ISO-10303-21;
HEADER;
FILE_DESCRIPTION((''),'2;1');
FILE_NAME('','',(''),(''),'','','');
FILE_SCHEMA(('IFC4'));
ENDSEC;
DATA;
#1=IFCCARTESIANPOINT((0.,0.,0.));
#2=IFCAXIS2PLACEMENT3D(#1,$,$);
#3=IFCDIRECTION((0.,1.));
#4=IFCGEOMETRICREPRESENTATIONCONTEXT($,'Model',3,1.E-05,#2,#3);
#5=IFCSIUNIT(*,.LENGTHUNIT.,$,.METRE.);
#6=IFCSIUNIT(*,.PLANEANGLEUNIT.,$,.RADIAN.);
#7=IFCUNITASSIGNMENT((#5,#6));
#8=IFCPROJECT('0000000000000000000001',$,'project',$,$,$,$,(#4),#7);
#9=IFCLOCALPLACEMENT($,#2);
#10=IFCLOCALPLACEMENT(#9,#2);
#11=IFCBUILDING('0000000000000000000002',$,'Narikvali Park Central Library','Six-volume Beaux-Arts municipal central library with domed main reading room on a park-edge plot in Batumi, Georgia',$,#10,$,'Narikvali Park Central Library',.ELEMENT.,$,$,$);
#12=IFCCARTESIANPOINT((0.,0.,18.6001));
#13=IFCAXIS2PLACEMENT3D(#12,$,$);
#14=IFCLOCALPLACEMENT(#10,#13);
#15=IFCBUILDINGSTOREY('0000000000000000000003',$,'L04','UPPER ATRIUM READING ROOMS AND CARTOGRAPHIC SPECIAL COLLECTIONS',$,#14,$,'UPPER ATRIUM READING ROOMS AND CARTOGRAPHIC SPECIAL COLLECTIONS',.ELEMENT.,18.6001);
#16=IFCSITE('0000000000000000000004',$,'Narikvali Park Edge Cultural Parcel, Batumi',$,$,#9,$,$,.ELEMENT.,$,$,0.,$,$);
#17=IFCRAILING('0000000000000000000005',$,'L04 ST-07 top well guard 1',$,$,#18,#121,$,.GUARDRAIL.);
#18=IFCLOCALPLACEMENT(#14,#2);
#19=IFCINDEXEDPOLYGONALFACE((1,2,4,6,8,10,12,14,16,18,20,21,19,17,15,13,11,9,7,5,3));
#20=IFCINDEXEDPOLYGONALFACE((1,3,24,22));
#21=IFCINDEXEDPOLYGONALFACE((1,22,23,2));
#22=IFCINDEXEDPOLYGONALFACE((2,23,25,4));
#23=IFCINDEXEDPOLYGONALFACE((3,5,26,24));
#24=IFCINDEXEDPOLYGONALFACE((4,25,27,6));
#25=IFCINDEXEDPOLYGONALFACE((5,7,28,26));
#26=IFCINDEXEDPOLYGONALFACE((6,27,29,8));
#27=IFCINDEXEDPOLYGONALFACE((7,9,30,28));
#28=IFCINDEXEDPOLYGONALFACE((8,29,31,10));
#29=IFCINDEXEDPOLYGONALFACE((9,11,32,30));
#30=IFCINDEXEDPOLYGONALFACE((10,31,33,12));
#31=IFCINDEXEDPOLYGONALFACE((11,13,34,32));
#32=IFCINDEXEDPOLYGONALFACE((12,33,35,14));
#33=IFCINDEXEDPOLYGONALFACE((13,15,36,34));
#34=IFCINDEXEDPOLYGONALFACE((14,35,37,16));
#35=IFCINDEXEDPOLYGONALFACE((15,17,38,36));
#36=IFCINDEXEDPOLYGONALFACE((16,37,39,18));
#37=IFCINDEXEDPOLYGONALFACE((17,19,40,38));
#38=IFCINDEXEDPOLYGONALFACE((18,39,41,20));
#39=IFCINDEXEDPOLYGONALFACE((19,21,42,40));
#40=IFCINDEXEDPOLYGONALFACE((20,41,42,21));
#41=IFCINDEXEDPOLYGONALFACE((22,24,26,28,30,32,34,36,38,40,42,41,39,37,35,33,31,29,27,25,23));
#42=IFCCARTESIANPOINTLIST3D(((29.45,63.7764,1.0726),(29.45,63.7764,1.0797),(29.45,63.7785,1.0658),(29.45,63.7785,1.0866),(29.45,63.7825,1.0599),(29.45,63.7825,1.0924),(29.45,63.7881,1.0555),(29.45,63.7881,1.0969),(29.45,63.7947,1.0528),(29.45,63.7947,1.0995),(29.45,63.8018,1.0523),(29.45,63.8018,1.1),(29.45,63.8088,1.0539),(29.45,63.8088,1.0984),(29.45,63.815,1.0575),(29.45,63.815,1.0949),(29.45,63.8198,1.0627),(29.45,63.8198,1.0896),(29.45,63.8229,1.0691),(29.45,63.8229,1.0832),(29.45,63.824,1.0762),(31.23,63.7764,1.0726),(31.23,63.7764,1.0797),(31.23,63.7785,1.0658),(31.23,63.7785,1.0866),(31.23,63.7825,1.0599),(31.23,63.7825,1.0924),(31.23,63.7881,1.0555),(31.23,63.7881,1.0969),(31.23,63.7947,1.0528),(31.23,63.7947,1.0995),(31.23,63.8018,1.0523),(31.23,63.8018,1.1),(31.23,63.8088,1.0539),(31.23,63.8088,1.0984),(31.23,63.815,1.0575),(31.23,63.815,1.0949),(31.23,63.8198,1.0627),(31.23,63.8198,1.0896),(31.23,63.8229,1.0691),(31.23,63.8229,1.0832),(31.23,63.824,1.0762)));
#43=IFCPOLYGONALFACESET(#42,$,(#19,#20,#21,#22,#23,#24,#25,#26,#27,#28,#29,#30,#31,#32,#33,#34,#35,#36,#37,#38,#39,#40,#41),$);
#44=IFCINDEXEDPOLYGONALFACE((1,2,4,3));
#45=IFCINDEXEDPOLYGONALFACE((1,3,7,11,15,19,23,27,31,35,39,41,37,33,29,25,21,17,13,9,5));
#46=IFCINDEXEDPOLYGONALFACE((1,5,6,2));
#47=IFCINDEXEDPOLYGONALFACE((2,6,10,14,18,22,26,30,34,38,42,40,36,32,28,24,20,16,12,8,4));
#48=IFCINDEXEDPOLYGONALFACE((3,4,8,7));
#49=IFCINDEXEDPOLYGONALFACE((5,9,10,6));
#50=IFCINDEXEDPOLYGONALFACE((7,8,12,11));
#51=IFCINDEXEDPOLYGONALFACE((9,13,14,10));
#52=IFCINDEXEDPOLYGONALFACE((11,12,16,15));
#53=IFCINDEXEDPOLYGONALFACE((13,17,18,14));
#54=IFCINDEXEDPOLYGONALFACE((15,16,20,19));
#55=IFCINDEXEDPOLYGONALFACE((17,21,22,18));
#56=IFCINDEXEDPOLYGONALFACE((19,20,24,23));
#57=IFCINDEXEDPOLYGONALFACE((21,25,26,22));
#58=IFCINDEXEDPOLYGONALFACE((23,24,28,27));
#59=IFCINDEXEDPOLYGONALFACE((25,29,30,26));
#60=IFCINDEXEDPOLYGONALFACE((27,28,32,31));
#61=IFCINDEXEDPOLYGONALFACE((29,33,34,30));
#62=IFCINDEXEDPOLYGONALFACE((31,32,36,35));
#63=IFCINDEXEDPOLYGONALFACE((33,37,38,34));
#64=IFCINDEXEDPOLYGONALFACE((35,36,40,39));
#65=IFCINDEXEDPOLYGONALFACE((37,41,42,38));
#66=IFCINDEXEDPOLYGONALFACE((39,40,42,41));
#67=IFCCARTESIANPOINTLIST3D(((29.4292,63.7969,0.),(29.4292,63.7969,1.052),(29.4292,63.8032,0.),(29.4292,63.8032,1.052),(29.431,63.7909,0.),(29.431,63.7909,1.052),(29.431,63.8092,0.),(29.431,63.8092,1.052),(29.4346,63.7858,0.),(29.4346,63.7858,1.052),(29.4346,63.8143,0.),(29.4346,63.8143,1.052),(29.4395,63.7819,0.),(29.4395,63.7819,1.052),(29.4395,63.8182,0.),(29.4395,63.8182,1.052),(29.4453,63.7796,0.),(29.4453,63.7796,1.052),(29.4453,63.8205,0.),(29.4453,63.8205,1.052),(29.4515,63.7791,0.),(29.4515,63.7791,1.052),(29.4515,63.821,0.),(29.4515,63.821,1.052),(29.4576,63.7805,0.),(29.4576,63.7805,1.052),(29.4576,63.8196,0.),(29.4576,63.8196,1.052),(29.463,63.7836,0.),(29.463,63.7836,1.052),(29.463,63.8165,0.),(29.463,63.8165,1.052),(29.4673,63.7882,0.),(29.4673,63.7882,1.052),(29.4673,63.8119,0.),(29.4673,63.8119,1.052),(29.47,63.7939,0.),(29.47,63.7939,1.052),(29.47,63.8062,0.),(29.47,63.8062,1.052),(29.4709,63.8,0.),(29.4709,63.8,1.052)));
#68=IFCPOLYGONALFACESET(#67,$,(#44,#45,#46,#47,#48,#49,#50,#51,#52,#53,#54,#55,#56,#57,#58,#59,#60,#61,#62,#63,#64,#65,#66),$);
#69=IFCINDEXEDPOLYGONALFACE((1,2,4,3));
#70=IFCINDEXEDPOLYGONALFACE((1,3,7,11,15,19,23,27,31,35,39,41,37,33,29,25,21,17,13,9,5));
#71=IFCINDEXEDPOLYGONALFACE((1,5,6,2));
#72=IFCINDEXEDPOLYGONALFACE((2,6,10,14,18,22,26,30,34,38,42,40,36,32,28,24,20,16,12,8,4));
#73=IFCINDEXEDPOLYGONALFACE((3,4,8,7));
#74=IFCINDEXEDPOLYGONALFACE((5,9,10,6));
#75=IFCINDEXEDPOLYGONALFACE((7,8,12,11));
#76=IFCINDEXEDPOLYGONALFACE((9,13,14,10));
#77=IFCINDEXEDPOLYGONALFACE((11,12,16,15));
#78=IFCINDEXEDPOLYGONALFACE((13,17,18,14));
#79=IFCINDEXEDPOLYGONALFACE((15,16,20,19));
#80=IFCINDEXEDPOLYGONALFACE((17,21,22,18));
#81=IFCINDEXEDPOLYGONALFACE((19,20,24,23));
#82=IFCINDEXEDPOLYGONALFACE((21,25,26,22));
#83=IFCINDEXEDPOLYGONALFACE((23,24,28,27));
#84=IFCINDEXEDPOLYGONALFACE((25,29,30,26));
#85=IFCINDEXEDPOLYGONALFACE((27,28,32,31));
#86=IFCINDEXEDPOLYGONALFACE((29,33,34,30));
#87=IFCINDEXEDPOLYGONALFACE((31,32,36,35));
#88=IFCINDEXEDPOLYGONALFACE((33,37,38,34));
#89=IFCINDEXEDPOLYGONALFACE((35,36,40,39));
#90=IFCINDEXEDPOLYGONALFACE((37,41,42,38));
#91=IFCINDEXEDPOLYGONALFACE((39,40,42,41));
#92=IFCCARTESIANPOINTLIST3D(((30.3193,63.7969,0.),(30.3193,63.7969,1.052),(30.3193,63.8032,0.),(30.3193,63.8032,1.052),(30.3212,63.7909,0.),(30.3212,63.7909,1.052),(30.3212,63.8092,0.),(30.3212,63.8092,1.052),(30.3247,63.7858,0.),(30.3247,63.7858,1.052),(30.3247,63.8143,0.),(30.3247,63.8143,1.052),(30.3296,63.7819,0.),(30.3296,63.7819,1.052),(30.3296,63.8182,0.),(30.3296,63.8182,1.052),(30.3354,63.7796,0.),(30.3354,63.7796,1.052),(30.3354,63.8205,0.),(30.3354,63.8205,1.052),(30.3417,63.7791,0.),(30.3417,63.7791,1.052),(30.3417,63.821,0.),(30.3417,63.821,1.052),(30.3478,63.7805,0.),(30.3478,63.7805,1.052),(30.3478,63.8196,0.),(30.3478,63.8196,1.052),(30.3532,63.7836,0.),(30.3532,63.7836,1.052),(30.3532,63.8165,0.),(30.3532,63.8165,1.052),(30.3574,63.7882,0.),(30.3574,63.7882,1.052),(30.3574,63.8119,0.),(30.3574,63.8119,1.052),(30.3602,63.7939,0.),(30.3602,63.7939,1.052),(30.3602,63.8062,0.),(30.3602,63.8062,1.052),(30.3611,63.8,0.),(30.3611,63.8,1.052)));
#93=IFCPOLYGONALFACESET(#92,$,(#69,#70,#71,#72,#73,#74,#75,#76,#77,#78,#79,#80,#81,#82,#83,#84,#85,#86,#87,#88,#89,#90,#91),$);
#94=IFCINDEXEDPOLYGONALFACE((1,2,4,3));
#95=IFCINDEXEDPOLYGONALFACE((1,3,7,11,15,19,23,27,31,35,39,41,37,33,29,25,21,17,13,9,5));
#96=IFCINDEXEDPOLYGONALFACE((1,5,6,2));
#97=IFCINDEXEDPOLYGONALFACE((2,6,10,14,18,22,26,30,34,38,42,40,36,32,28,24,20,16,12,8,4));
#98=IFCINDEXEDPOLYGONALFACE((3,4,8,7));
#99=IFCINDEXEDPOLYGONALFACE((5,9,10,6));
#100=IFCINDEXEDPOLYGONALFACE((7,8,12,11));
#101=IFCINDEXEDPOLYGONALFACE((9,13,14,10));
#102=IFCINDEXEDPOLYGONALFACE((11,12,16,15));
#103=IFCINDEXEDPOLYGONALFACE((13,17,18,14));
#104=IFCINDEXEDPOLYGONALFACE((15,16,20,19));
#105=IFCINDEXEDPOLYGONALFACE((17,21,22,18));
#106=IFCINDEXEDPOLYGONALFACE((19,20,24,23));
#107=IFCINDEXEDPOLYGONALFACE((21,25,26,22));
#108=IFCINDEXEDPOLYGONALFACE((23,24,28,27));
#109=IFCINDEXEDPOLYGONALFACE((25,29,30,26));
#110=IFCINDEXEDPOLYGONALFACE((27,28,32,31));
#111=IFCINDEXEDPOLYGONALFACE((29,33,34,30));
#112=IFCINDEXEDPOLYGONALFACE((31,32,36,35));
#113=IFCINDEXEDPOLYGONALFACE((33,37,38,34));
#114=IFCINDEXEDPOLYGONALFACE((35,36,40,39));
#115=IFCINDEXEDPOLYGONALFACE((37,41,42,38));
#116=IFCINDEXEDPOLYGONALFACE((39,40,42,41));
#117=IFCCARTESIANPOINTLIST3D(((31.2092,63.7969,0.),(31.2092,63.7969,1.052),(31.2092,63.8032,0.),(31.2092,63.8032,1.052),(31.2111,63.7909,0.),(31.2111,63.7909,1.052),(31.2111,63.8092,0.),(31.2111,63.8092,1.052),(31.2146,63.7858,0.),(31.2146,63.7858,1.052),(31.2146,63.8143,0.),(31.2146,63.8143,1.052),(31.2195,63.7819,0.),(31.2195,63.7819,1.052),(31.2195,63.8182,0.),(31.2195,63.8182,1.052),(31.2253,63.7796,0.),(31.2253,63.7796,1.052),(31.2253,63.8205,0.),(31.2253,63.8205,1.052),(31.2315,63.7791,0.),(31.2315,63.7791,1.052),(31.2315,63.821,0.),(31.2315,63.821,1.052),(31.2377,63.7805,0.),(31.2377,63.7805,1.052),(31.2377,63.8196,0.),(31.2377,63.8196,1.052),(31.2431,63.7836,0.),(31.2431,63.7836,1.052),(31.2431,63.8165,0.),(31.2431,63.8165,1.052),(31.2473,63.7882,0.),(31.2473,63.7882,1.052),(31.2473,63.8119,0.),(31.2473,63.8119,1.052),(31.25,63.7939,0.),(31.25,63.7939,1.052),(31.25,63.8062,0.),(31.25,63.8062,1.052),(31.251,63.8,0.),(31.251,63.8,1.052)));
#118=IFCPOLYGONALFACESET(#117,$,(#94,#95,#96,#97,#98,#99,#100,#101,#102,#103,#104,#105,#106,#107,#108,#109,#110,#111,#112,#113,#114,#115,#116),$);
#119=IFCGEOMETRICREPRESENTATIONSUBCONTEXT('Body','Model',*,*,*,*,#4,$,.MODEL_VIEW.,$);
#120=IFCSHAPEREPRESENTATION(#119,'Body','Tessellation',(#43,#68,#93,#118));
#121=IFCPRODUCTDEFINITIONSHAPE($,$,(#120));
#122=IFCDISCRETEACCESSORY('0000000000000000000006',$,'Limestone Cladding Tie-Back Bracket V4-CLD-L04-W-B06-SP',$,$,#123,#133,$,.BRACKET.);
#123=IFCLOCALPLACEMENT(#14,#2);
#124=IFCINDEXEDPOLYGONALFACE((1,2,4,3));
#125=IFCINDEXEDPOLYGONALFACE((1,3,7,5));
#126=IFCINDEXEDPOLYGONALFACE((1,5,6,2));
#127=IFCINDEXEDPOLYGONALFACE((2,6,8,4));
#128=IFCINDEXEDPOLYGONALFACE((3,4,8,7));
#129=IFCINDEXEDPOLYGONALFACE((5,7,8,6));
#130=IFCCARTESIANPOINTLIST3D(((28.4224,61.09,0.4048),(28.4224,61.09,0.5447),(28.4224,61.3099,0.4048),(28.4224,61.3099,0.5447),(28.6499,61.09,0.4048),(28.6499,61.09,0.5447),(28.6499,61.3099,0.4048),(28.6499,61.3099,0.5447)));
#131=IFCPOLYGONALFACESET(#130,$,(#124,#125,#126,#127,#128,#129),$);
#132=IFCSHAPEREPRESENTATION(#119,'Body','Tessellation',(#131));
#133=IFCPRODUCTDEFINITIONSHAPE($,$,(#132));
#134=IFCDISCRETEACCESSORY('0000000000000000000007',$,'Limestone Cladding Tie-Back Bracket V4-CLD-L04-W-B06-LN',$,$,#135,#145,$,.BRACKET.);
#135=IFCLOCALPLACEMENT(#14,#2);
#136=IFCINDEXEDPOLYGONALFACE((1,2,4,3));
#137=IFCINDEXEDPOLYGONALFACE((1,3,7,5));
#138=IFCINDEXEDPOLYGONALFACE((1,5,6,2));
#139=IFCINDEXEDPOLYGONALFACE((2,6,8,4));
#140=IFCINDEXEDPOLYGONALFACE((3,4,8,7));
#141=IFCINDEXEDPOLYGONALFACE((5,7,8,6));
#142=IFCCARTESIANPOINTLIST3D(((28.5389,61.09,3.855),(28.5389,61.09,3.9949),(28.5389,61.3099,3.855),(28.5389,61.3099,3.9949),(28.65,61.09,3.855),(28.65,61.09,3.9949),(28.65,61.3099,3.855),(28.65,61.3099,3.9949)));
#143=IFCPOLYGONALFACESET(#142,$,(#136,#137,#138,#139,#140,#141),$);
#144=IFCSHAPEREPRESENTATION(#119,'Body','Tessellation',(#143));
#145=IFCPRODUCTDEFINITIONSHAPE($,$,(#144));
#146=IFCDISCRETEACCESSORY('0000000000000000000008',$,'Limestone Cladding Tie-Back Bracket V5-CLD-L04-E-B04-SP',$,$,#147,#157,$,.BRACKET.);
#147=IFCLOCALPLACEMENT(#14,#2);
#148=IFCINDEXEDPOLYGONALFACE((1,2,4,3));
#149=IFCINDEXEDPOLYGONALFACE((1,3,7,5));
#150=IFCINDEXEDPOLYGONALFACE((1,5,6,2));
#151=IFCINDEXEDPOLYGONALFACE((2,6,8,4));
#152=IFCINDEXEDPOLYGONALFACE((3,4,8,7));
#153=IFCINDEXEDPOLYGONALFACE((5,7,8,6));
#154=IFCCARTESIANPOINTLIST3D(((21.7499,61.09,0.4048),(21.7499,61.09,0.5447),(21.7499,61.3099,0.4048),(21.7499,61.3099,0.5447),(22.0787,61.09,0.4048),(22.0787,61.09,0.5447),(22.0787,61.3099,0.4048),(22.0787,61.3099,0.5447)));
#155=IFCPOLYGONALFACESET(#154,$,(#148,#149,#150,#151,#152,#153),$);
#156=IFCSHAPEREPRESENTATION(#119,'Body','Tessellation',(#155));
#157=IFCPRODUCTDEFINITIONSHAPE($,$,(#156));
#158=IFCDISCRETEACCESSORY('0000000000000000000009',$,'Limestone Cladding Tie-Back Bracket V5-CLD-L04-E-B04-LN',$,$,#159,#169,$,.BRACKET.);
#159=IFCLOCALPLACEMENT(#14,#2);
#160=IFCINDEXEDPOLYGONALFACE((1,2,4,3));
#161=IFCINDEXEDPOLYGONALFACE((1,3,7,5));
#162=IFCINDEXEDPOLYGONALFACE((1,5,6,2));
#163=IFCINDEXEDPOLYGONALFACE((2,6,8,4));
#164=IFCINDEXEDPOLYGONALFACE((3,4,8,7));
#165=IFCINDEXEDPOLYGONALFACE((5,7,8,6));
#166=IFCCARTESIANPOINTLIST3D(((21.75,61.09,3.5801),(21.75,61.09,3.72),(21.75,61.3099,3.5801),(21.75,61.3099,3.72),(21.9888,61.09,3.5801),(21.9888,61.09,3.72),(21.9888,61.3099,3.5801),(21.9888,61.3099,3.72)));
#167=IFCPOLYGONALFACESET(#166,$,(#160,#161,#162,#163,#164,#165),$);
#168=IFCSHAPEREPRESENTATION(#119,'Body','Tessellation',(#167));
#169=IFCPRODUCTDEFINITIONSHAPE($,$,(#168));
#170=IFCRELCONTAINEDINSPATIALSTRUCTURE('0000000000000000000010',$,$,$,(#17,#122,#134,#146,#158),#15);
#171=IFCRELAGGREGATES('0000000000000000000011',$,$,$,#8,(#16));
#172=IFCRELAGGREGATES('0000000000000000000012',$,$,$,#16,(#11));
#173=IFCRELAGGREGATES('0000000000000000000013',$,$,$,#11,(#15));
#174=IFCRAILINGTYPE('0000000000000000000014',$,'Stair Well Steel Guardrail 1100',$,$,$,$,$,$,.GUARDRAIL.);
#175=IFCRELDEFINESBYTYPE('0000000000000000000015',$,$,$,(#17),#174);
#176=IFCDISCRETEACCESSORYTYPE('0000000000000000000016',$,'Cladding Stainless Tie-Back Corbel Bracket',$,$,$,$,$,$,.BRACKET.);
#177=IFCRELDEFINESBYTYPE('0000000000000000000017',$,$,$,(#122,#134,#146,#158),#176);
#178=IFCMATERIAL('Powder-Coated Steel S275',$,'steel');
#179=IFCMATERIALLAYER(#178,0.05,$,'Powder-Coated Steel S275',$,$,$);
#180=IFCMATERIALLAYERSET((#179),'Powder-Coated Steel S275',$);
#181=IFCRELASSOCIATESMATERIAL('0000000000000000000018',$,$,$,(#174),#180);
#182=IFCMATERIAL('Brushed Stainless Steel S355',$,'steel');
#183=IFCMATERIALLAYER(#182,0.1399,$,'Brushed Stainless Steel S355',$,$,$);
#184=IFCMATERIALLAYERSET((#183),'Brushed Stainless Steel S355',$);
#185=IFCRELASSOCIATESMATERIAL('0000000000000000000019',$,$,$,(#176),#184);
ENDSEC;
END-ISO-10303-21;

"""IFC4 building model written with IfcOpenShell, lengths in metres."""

from ifc_helpers import new_model, si_unit, direction, frame, origin, origin_2d, place, context, subcontext, project, spatial, rectangle, circle, extrude, material, layer, layer_set, type_object, element, save


model = new_model("IFC4")

# Units and contexts
model_context = context("Model", 3, precision=1e-05, world=origin(), true_north=direction((0.0, 1.0)))
body_context = subcontext(model_context, "Body", "Model", "MODEL_VIEW")
ifc_project = project(units=[si_unit("LENGTHUNIT", "METRE"), si_unit("PLANEANGLEUNIT", "RADIAN")], contexts=[model_context])

# Site, building, storey
site_placement = place(None, origin())
site = spatial("IfcSite", under=ifc_project, at=site_placement, Name="Narikvali Park Edge Cultural Parcel, Batumi", CompositionType="ELEMENT", RefElevation=0.0)
building_placement = place(site_placement, origin())
building = spatial("IfcBuilding", under=site, at=building_placement, Name="Narikvali Park Central Library", Description="Six-volume Beaux-Arts municipal central library with domed main reading room on a park-edge plot in Batumi, Georgia", LongName="Narikvali Park Central Library", CompositionType="ELEMENT")
storey_placement = place(building_placement, frame((0.0, 0.0, 18.6001)))
storey = spatial("IfcBuildingStorey", under=building, at=storey_placement, Name="L04", Description="UPPER ATRIUM READING ROOMS AND CARTOGRAPHIC SPECIAL COLLECTIONS", LongName="UPPER ATRIUM READING ROOMS AND CARTOGRAPHIC SPECIAL COLLECTIONS", CompositionType="ELEMENT", Elevation=18.6001)

# Shared definitions
ifc_material_1 = material(Name="Brushed Stainless Steel S355", Category="steel")

# Railing
ifc_material_2 = material(Name="Powder-Coated Steel S275", Category="steel")
ifc_layer_1 = layer(ifc_material_2, 0.05, Name="Powder-Coated Steel S275")
ifc_layer_set_1 = layer_set([ifc_layer_1], Name="Powder-Coated Steel S275")
railing_type = type_object("IfcRailingType", Name="Stair Well Steel Guardrail 1100", PredefinedType="GUARDRAIL", material=ifc_layer_set_1)
railing_placement = place(storey_placement, frame((29.45, 63.8, 0.0)))
element("IfcRailing", 1, at=railing_placement, inside=storey, type_object=railing_type, Name="L04 ST-07 top well guard 1", PredefinedType="GUARDRAIL", context=body_context, shape_type="SweptSolid", body=[
    extrude(circle(Radius=0.0239, at=origin_2d()), frame((0.0, 0.0, 1.0762), z_axis=(1.0, 0.0, 0.0), x_axis=(0.0, 1.0, 0.0)), (0.0, 0.0, 1.0), 1.78),
    extrude(circle(Radius=0.021, at=origin_2d()), origin(), (0.0, 0.0, 1.0), 1.052),
    extrude(circle(Radius=0.021, at=origin_2d()), frame((0.8901, 0.0, 0.0)), (0.0, 0.0, 1.0), 1.052),
    extrude(circle(Radius=0.021, at=origin_2d()), frame((1.78, 0.0, 0.0)), (0.0, 0.0, 1.0), 1.052),
])

# Discrete accessories
ifc_layer_2 = layer(ifc_material_1, 0.1399, Name="Brushed Stainless Steel S355")
ifc_layer_set_2 = layer_set([ifc_layer_2], Name="Brushed Stainless Steel S355")
discrete_accessory_type = type_object("IfcDiscreteAccessoryType", Name="Cladding Stainless Tie-Back Corbel Bracket", PredefinedType="BRACKET", material=ifc_layer_set_2)
discrete_accessory_1_placement = place(storey_placement, frame((28.5361, 61.2, 0.4048), z_axis=(0.0, 0.0, 1.0), x_axis=(1.0, 0.0, 0.0)))
element("IfcDiscreteAccessory", 2, at=discrete_accessory_1_placement, inside=storey, type_object=discrete_accessory_type, Name="Limestone Cladding Tie-Back Bracket V4-CLD-L04-W-B06-SP", PredefinedType="BRACKET", context=body_context, shape_type="SweptSolid", body=[
    extrude(rectangle(XDim=0.2275, YDim=0.22, at=origin_2d()), origin(), (0.0, 0.0, 1.0), 0.1399),
])
discrete_accessory_2_placement = place(storey_placement, frame((28.5945, 61.2, 3.855), z_axis=(0.0, 0.0, 1.0), x_axis=(1.0, 0.0, 0.0)))
element("IfcDiscreteAccessory", 3, at=discrete_accessory_2_placement, inside=storey, type_object=discrete_accessory_type, Name="Limestone Cladding Tie-Back Bracket V4-CLD-L04-W-B06-LN", PredefinedType="BRACKET", context=body_context, shape_type="SweptSolid", body=[
    extrude(rectangle(XDim=0.1111, YDim=0.22, at=origin_2d()), origin(), (0.0, 0.0, 1.0), 0.1399),
])
discrete_accessory_3_placement = place(storey_placement, frame((21.9143, 61.2, 0.4048), z_axis=(0.0, 0.0, 1.0), x_axis=(1.0, 0.0, 0.0)))
element("IfcDiscreteAccessory", 4, at=discrete_accessory_3_placement, inside=storey, type_object=discrete_accessory_type, Name="Limestone Cladding Tie-Back Bracket V5-CLD-L04-E-B04-SP", PredefinedType="BRACKET", context=body_context, shape_type="SweptSolid", body=[
    extrude(rectangle(XDim=0.3289, YDim=0.22, at=origin_2d()), origin(), (0.0, 0.0, 1.0), 0.1399),
])
discrete_accessory_4_placement = place(storey_placement, frame((21.8694, 61.2, 3.5801), z_axis=(0.0, 0.0, 1.0), x_axis=(1.0, 0.0, 0.0)))
element("IfcDiscreteAccessory", 5, at=discrete_accessory_4_placement, inside=storey, type_object=discrete_accessory_type, Name="Limestone Cladding Tie-Back Bracket V5-CLD-L04-E-B04-LN", PredefinedType="BRACKET", context=body_context, shape_type="SweptSolid", body=[
    extrude(rectangle(XDim=0.2388, YDim=0.22, at=origin_2d()), origin(), (0.0, 0.0, 1.0), 0.1399),
])

save(model, "model.ifc")
